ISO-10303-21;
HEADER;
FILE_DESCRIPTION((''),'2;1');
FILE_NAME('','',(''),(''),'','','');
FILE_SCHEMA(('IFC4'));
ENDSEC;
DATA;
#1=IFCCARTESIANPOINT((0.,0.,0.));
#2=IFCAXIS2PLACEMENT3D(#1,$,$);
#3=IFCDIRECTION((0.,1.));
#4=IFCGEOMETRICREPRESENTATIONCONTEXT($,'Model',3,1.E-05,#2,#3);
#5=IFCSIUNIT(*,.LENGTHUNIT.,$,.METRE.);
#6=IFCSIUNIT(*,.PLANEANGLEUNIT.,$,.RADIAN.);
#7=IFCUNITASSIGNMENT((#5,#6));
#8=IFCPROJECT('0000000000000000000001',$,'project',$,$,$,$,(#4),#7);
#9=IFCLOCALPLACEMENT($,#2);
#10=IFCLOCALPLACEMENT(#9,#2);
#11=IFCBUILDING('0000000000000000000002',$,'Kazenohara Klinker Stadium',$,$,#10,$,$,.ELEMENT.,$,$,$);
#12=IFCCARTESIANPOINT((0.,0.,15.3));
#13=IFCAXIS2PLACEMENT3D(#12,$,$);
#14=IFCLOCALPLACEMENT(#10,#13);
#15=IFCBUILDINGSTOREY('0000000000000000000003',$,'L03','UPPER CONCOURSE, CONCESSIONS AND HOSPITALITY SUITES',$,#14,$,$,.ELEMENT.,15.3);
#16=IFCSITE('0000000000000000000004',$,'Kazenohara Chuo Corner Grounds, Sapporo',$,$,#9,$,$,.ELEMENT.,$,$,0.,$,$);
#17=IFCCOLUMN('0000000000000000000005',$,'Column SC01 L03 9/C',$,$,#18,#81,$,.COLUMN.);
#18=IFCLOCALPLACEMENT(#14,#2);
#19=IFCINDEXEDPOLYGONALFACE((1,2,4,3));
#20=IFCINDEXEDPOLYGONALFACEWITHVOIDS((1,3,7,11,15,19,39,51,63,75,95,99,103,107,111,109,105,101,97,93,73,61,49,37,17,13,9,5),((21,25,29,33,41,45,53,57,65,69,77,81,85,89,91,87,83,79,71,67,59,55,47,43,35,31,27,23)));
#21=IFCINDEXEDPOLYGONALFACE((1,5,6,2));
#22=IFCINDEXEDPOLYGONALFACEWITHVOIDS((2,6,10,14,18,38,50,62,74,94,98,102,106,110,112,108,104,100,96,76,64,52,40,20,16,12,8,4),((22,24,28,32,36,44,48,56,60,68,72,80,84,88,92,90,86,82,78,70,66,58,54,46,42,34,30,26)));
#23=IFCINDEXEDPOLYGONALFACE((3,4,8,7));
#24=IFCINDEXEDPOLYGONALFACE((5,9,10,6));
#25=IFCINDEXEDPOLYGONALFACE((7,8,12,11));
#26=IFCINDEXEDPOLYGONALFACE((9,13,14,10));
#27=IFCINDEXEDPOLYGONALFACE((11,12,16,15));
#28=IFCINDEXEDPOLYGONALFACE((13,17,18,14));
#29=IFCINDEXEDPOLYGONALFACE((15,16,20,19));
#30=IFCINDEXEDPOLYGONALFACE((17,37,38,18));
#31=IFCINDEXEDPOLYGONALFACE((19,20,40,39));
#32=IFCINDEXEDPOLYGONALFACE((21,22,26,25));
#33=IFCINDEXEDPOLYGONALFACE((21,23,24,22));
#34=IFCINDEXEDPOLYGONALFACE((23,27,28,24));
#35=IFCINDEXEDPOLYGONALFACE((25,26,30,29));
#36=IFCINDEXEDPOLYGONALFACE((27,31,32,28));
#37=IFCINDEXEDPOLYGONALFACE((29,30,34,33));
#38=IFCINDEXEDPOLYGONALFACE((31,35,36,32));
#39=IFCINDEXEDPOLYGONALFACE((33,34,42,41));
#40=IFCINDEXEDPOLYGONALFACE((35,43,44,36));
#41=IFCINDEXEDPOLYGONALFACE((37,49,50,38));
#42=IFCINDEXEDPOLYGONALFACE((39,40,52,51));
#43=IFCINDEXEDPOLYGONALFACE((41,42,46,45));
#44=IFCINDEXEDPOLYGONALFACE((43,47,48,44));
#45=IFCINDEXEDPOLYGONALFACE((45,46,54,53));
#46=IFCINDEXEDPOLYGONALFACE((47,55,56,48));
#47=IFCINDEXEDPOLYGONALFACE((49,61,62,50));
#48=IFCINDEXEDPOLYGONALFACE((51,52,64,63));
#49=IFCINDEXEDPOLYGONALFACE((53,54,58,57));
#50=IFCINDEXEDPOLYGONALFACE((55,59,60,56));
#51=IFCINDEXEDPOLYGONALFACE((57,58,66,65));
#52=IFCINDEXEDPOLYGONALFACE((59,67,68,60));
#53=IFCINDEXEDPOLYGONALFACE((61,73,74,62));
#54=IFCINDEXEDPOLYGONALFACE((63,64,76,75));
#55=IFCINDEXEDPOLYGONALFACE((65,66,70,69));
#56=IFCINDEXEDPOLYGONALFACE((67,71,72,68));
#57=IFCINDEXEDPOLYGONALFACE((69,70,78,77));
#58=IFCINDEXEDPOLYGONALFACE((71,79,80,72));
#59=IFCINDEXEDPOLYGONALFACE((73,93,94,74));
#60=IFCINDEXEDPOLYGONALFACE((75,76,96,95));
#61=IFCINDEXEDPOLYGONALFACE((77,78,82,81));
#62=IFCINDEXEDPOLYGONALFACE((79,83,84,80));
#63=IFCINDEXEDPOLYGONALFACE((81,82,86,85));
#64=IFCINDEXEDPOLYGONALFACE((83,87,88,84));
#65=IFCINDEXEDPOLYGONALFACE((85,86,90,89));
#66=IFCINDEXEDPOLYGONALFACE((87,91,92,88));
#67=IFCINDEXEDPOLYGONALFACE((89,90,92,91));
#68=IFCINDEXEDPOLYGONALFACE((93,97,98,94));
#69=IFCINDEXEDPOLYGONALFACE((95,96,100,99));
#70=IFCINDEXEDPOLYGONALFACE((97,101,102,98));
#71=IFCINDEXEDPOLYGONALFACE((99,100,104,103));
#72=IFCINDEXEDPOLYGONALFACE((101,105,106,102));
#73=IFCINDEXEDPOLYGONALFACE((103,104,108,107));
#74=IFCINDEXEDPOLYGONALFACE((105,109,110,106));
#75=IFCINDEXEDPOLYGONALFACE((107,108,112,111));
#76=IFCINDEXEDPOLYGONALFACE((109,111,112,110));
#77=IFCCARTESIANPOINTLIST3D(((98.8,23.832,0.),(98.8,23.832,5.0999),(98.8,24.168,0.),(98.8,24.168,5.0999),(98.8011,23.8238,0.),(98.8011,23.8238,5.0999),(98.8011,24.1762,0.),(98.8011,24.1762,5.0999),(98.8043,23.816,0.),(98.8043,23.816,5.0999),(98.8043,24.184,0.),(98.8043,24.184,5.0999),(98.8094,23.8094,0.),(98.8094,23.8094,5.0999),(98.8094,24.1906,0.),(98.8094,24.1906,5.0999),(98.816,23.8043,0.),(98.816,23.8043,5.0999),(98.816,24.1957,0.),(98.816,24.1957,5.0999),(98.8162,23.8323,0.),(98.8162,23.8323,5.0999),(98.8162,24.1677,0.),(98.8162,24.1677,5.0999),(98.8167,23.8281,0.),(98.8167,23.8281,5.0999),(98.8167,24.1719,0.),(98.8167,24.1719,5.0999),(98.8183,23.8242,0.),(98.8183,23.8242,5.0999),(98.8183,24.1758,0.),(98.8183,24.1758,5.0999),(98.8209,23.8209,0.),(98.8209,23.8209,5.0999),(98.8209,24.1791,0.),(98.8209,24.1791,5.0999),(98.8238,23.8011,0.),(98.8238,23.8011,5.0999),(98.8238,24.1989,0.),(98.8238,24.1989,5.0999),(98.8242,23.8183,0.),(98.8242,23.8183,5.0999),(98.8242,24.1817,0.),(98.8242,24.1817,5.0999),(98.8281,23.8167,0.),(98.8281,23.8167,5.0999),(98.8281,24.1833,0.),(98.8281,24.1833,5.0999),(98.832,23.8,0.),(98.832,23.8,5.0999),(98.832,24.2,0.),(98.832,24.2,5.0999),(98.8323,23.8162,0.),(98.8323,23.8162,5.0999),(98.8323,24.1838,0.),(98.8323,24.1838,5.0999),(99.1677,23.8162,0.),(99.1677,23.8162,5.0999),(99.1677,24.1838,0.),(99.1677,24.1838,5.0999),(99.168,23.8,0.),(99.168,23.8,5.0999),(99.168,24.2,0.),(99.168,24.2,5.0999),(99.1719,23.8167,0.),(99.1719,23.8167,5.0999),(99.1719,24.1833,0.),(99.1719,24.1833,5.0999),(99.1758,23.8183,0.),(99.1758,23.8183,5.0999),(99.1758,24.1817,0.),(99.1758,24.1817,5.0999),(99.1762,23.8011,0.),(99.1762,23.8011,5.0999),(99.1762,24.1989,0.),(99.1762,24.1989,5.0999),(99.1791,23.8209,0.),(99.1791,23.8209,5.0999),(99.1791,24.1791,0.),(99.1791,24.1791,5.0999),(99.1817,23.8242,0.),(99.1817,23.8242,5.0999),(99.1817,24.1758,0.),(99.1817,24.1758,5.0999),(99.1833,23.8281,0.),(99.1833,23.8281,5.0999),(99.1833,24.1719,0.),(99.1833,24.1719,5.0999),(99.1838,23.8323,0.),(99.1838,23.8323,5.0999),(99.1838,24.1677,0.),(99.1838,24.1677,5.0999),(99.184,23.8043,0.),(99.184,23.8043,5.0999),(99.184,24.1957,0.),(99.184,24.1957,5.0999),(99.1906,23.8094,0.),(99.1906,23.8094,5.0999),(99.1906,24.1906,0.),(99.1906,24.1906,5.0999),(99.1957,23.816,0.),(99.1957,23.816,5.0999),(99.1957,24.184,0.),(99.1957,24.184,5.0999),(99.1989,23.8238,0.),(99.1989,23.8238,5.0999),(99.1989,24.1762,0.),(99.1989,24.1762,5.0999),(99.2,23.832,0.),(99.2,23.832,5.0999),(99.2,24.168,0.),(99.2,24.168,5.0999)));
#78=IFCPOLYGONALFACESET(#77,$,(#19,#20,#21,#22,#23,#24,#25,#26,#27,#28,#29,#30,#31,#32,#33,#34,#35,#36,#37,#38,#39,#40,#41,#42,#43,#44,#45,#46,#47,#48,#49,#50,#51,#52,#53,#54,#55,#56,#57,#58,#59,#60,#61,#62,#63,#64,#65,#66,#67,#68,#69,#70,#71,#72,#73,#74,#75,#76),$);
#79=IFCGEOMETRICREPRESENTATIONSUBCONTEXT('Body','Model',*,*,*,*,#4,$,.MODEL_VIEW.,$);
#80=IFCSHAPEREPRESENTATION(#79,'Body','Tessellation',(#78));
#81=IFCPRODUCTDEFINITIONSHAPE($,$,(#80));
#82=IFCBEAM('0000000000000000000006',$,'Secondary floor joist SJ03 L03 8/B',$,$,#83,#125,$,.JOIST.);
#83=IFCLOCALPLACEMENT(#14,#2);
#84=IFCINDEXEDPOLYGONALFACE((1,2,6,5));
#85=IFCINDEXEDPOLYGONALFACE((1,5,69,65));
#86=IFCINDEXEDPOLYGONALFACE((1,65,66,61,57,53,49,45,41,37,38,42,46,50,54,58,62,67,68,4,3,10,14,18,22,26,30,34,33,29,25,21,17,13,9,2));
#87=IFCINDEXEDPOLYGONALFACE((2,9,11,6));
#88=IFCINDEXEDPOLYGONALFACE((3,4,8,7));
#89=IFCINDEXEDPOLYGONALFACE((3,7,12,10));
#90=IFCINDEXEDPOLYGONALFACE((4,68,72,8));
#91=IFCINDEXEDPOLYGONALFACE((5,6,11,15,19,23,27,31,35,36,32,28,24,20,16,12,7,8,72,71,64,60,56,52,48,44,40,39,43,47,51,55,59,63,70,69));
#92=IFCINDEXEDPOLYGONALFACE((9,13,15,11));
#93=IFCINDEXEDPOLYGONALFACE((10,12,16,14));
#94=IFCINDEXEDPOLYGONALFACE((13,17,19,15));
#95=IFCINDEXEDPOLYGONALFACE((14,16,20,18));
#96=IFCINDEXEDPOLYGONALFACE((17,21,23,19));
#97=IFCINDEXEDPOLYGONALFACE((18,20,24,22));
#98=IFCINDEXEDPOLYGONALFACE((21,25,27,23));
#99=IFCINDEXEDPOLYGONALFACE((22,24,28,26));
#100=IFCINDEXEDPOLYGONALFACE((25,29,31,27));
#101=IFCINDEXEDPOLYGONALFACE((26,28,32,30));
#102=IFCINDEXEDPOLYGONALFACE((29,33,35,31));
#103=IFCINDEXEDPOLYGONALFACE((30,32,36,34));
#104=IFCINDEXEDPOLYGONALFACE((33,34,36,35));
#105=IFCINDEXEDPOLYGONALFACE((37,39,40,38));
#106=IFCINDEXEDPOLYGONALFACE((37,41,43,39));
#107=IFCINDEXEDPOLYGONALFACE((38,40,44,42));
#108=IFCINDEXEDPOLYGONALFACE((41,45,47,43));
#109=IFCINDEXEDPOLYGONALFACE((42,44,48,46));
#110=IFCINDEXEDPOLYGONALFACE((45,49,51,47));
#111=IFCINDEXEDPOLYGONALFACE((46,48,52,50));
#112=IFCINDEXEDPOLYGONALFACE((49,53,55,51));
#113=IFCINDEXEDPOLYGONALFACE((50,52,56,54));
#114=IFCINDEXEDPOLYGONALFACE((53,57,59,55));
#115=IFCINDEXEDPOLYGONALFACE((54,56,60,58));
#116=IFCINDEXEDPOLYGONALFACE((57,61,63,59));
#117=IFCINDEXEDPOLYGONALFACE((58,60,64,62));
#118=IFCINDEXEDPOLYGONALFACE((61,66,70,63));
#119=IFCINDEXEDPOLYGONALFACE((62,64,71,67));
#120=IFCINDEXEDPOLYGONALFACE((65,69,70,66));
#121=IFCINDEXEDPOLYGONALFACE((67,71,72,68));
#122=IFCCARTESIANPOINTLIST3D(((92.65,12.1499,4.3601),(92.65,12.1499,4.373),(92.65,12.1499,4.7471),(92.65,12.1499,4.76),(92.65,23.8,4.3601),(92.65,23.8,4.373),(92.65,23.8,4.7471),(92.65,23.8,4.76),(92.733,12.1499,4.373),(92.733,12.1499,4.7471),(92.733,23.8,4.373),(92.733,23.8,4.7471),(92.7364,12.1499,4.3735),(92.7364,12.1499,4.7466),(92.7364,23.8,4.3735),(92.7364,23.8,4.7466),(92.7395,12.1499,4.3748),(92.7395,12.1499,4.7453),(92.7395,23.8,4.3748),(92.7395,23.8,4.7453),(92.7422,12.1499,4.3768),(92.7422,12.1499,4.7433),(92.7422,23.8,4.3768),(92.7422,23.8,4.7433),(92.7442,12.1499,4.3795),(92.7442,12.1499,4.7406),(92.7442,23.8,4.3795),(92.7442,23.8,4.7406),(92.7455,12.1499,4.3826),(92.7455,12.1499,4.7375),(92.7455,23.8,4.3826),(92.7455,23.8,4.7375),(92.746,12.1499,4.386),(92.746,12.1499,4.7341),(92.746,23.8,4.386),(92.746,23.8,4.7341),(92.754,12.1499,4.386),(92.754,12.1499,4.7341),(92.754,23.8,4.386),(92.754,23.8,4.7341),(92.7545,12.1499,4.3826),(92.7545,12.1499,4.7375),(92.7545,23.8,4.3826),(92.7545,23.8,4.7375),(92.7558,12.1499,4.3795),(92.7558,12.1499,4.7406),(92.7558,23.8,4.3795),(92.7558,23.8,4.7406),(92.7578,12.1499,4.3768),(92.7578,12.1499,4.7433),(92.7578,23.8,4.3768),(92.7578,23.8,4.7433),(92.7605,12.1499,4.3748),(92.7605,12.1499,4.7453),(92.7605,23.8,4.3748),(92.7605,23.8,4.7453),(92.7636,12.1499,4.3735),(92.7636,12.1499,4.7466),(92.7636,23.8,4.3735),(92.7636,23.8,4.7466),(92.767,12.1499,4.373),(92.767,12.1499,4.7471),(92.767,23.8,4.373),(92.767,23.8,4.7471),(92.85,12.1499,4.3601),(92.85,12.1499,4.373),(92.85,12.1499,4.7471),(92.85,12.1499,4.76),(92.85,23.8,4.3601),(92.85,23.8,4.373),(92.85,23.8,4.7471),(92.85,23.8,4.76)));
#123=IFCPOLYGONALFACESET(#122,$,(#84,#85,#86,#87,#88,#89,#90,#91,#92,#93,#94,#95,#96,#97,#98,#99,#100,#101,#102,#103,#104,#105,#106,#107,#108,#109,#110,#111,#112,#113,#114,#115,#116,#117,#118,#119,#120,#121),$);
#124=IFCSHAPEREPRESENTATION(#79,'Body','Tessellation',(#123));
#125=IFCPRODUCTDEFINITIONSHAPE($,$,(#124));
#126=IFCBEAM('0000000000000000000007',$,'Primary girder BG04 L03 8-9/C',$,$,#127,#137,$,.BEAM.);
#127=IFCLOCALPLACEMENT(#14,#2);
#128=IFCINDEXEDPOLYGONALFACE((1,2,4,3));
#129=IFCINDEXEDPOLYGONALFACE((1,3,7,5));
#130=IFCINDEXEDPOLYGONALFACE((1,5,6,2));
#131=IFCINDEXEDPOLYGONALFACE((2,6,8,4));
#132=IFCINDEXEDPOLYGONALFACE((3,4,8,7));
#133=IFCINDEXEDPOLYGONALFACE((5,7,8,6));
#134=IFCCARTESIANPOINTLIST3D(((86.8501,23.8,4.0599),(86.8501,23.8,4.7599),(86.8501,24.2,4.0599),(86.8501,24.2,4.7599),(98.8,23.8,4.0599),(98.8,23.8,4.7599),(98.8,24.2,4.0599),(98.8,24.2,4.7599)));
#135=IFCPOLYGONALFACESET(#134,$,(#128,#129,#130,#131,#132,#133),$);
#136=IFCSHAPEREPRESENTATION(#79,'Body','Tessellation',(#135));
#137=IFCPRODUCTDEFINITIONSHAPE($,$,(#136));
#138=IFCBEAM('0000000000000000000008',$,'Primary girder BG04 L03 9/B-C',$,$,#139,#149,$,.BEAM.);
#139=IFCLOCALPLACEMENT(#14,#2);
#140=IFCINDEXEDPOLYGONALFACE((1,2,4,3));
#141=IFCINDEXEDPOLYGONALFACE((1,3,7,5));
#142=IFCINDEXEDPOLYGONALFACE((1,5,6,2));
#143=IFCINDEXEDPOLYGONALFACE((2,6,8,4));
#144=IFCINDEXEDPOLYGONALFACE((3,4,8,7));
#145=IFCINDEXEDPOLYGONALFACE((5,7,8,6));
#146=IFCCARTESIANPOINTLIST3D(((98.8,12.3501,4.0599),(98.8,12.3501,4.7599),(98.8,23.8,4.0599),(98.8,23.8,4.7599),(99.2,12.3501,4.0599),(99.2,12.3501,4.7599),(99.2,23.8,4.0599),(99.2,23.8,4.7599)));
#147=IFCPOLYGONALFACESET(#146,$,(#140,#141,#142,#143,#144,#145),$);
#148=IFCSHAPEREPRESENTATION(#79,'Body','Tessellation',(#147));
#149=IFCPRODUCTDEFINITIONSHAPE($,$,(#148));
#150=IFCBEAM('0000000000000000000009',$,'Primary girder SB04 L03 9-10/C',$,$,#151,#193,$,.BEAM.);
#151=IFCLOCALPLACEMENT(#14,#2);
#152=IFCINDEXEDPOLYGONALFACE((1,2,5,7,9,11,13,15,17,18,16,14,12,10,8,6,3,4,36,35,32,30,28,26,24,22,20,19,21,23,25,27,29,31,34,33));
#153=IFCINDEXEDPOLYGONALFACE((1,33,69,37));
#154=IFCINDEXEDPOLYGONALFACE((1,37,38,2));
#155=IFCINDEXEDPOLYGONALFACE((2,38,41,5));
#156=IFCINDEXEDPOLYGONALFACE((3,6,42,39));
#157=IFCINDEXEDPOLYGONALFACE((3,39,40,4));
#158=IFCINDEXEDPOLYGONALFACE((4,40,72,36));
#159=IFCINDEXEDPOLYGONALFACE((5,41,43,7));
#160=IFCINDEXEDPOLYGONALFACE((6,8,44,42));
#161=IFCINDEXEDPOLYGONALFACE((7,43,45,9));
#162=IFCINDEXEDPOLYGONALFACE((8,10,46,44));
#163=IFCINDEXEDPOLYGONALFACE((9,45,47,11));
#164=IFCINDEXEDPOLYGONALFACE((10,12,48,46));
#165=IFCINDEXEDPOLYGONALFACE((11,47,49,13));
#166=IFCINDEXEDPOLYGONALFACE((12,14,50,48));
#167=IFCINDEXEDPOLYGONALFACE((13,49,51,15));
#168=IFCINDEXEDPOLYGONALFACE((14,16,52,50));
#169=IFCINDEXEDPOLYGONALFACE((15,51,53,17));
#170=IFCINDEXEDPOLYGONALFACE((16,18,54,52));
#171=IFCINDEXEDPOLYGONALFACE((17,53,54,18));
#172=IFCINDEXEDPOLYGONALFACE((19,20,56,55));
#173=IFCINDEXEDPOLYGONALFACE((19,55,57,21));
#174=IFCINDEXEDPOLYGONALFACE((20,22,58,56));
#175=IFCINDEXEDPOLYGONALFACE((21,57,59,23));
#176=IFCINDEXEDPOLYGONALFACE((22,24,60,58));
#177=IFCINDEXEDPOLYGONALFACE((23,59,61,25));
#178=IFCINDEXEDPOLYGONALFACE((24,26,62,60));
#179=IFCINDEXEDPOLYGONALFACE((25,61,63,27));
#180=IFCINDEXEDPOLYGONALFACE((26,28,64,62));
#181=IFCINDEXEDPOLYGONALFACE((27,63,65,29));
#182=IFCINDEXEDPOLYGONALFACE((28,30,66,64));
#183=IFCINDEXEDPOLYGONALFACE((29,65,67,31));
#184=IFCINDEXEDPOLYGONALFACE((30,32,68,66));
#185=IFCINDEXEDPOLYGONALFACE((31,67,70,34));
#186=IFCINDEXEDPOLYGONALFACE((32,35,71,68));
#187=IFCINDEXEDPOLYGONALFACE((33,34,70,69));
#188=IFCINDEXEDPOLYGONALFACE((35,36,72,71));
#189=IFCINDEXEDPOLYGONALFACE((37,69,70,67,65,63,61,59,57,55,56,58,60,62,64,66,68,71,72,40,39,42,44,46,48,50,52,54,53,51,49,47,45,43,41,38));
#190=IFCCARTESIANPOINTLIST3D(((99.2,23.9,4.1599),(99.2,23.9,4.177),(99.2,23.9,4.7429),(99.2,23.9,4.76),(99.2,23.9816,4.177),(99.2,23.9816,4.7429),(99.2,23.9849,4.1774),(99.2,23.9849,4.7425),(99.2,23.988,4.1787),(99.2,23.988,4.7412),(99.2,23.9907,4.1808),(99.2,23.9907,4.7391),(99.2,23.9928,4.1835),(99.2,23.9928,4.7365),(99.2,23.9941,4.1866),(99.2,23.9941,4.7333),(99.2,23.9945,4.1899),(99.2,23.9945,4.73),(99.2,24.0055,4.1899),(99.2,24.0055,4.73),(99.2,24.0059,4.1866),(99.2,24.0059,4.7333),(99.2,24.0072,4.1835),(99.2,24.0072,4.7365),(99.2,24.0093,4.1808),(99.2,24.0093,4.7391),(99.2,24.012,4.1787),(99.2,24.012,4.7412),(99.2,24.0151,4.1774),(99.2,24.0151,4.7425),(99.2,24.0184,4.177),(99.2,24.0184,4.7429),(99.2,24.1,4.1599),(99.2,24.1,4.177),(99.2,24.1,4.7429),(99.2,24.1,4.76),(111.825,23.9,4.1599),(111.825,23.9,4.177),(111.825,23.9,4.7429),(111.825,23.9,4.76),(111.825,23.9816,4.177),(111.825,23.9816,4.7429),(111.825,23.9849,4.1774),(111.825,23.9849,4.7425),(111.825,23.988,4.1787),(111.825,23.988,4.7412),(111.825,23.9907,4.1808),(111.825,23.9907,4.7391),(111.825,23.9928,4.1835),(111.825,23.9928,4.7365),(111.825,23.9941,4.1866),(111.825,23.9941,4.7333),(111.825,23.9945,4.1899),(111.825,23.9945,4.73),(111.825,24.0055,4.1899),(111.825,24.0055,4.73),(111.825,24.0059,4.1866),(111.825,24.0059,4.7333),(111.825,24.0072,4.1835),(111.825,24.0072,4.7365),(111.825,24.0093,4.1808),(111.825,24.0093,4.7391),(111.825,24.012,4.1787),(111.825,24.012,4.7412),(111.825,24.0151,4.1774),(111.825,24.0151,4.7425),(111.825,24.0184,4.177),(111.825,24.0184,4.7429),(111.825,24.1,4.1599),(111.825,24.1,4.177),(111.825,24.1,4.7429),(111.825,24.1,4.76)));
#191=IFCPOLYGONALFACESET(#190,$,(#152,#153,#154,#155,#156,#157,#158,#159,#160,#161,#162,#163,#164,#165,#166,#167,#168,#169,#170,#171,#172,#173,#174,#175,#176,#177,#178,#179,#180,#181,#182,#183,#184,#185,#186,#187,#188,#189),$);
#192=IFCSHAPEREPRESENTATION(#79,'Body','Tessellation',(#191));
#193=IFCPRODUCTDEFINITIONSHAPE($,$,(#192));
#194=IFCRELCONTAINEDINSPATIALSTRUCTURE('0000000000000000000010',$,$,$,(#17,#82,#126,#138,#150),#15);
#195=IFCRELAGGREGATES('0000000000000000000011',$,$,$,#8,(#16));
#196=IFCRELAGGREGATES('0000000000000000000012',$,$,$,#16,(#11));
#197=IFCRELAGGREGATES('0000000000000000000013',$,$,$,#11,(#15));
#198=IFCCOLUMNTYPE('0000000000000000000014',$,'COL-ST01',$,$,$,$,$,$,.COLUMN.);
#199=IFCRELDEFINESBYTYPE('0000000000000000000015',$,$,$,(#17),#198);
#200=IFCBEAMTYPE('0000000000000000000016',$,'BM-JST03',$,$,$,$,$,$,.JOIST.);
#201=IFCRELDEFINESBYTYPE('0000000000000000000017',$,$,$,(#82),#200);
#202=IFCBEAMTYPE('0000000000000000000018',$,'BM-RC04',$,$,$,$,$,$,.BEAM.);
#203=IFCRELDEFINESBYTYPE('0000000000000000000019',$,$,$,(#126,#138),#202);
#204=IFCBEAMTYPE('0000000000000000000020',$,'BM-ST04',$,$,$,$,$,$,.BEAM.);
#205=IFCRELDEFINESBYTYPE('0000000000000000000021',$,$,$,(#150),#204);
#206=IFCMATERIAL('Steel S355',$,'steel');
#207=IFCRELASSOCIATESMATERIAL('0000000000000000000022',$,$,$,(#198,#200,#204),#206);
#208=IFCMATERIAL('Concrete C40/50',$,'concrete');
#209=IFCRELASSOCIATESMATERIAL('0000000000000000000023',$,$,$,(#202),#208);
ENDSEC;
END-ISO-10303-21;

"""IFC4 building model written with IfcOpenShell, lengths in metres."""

from ifc_helpers import new_model, si_unit, direction, frame, origin, origin_2d, place, context, subcontext, project, spatial, rectangle, hollow_rectangle, i_section, extrude, material, material_profile, profile_set, type_object, element, save


model = new_model("IFC4")

# Units and contexts
model_context = context("Model", 3, precision=1e-05, world=origin(), true_north=direction((0.0, 1.0)))
body_context = subcontext(model_context, "Body", "Model", "MODEL_VIEW")
ifc_project = project(units=[si_unit("LENGTHUNIT", "METRE"), si_unit("PLANEANGLEUNIT", "RADIAN")], contexts=[model_context])

# Site, building, storey
site_placement = place(None, origin())
site = spatial("IfcSite", under=ifc_project, at=site_placement, Name="Kazenohara Chuo Corner Grounds, Sapporo", CompositionType="ELEMENT", RefElevation=0.0)
building_placement = place(site_placement, origin())
building = spatial("IfcBuilding", under=site, at=building_placement, Name="Kazenohara Klinker Stadium", CompositionType="ELEMENT")
storey_placement = place(building_placement, frame((0.0, 0.0, 15.3)))
storey = spatial("IfcBuildingStorey", under=building, at=storey_placement, Name="L03", Description="UPPER CONCOURSE, CONCESSIONS AND HOSPITALITY SUITES", CompositionType="ELEMENT", Elevation=15.3)

# Column
ifc_material_1 = material(Name="Steel S355", Category="steel")
ifc_material_profile_1 = material_profile(ifc_material_1, hollow_rectangle(XDim=0.3999, YDim=0.3999, WallThickness=0.0161, InnerFilletRadius=0.0161, OuterFilletRadius=0.032, at=origin_2d()), Name="SHS-400x400x16")
ifc_profile_set_1 = profile_set([ifc_material_profile_1], Name="Steel S355")
column_type = type_object("IfcColumnType", Name="COL-ST01", PredefinedType="COLUMN", material=ifc_profile_set_1)
column_placement = place(storey_placement, frame((99.0, 24.0, 0.0), z_axis=(0.0, 0.0, 1.0), x_axis=(1.0, 0.0, 0.0)))
element("IfcColumn", 1, at=column_placement, inside=storey, type_object=column_type, Name="Column SC01 L03 9/C", PredefinedType="COLUMN", context=body_context, shape_type="SweptSolid", body=[
    extrude(hollow_rectangle(XDim=0.3999, YDim=0.3999, WallThickness=0.0161, InnerFilletRadius=0.0161, OuterFilletRadius=0.032, at=origin_2d()), origin(), (0.0, 0.0, 1.0), 5.0999),
])

# Beams
ifc_material_profile_2 = material_profile(ifc_material_1, i_section(OverallWidth=0.2, OverallDepth=0.3999, WebThickness=0.0081, FlangeThickness=0.0129, FilletRadius=0.0129, at=origin_2d()), Name="H-400x200x8x13")
ifc_profile_set_2 = profile_set([ifc_material_profile_2], Name="Steel S355")
beam_type_1 = type_object("IfcBeamType", Name="BM-JST03", PredefinedType="JOIST", material=ifc_profile_set_2)
beam_1_placement = place(storey_placement, frame((92.75, 12.1499, 4.5601), z_axis=(0.0, 1.0, 0.0), x_axis=(-1.0, 0.0, 0.0)))
element("IfcBeam", 2, at=beam_1_placement, inside=storey, type_object=beam_type_1, Name="Secondary floor joist SJ03 L03 8/B", PredefinedType="JOIST", context=body_context, shape_type="SweptSolid", body=[
    extrude(i_section(OverallWidth=0.2, OverallDepth=0.3999, WebThickness=0.0081, FlangeThickness=0.0129, FilletRadius=0.0129, at=origin_2d()), origin(), (0.0, 0.0, 1.0), 11.6501),
])
ifc_material_2 = material(Name="Concrete C40/50", Category="concrete")
ifc_material_profile_3 = material_profile(ifc_material_2, rectangle(XDim=0.3999, YDim=0.7, at=origin_2d()), Name="RC-BM-400x700")
ifc_profile_set_3 = profile_set([ifc_material_profile_3], Name="Concrete C40/50")
beam_type_2 = type_object("IfcBeamType", Name="BM-RC04", PredefinedType="BEAM", material=ifc_profile_set_3)
beam_2_placement = place(storey_placement, frame((86.8501, 24.0, 4.4099), z_axis=(1.0, 0.0, 0.0), x_axis=(0.0, 1.0, 0.0)))
element("IfcBeam", 3, at=beam_2_placement, inside=storey, type_object=beam_type_2, Name="Primary girder BG04 L03 8-9/C", PredefinedType="BEAM", context=body_context, shape_type="SweptSolid", body=[
    extrude(rectangle(XDim=0.3999, YDim=0.7, at=origin_2d()), origin(), (0.0, 0.0, 1.0), 11.95),
])
beam_3_placement = place(storey_placement, frame((99.0, 12.3501, 4.4099), z_axis=(0.0, 1.0, 0.0), x_axis=(-1.0, 0.0, 0.0)))
element("IfcBeam", 4, at=beam_3_placement, inside=storey, type_object=beam_type_2, Name="Primary girder BG04 L03 9/B-C", PredefinedType="BEAM", context=body_context, shape_type="SweptSolid", body=[
    extrude(rectangle(XDim=0.3999, YDim=0.7, at=origin_2d()), origin(), (0.0, 0.0, 1.0), 11.45),
])
ifc_material_profile_4 = material_profile(ifc_material_1, i_section(OverallWidth=0.2, OverallDepth=0.6001, WebThickness=0.011, FlangeThickness=0.0171, FilletRadius=0.0129, at=origin_2d()), Name="H-600x200x11x17")
ifc_profile_set_4 = profile_set([ifc_material_profile_4], Name="Steel S355")
beam_type_3 = type_object("IfcBeamType", Name="BM-ST04", PredefinedType="BEAM", material=ifc_profile_set_4)
beam_4_placement = place(storey_placement, frame((99.2, 24.0, 4.46), z_axis=(1.0, 0.0, 0.0), x_axis=(0.0, 1.0, 0.0)))
element("IfcBeam", 5, at=beam_4_placement, inside=storey, type_object=beam_type_3, Name="Primary girder SB04 L03 9-10/C", PredefinedType="BEAM", context=body_context, shape_type="SweptSolid", body=[
    extrude(i_section(OverallWidth=0.2, OverallDepth=0.6001, WebThickness=0.011, FlangeThickness=0.0171, FilletRadius=0.0129, at=origin_2d()), origin(), (0.0, 0.0, 1.0), 12.625),
])

save(model, "model.ifc")
